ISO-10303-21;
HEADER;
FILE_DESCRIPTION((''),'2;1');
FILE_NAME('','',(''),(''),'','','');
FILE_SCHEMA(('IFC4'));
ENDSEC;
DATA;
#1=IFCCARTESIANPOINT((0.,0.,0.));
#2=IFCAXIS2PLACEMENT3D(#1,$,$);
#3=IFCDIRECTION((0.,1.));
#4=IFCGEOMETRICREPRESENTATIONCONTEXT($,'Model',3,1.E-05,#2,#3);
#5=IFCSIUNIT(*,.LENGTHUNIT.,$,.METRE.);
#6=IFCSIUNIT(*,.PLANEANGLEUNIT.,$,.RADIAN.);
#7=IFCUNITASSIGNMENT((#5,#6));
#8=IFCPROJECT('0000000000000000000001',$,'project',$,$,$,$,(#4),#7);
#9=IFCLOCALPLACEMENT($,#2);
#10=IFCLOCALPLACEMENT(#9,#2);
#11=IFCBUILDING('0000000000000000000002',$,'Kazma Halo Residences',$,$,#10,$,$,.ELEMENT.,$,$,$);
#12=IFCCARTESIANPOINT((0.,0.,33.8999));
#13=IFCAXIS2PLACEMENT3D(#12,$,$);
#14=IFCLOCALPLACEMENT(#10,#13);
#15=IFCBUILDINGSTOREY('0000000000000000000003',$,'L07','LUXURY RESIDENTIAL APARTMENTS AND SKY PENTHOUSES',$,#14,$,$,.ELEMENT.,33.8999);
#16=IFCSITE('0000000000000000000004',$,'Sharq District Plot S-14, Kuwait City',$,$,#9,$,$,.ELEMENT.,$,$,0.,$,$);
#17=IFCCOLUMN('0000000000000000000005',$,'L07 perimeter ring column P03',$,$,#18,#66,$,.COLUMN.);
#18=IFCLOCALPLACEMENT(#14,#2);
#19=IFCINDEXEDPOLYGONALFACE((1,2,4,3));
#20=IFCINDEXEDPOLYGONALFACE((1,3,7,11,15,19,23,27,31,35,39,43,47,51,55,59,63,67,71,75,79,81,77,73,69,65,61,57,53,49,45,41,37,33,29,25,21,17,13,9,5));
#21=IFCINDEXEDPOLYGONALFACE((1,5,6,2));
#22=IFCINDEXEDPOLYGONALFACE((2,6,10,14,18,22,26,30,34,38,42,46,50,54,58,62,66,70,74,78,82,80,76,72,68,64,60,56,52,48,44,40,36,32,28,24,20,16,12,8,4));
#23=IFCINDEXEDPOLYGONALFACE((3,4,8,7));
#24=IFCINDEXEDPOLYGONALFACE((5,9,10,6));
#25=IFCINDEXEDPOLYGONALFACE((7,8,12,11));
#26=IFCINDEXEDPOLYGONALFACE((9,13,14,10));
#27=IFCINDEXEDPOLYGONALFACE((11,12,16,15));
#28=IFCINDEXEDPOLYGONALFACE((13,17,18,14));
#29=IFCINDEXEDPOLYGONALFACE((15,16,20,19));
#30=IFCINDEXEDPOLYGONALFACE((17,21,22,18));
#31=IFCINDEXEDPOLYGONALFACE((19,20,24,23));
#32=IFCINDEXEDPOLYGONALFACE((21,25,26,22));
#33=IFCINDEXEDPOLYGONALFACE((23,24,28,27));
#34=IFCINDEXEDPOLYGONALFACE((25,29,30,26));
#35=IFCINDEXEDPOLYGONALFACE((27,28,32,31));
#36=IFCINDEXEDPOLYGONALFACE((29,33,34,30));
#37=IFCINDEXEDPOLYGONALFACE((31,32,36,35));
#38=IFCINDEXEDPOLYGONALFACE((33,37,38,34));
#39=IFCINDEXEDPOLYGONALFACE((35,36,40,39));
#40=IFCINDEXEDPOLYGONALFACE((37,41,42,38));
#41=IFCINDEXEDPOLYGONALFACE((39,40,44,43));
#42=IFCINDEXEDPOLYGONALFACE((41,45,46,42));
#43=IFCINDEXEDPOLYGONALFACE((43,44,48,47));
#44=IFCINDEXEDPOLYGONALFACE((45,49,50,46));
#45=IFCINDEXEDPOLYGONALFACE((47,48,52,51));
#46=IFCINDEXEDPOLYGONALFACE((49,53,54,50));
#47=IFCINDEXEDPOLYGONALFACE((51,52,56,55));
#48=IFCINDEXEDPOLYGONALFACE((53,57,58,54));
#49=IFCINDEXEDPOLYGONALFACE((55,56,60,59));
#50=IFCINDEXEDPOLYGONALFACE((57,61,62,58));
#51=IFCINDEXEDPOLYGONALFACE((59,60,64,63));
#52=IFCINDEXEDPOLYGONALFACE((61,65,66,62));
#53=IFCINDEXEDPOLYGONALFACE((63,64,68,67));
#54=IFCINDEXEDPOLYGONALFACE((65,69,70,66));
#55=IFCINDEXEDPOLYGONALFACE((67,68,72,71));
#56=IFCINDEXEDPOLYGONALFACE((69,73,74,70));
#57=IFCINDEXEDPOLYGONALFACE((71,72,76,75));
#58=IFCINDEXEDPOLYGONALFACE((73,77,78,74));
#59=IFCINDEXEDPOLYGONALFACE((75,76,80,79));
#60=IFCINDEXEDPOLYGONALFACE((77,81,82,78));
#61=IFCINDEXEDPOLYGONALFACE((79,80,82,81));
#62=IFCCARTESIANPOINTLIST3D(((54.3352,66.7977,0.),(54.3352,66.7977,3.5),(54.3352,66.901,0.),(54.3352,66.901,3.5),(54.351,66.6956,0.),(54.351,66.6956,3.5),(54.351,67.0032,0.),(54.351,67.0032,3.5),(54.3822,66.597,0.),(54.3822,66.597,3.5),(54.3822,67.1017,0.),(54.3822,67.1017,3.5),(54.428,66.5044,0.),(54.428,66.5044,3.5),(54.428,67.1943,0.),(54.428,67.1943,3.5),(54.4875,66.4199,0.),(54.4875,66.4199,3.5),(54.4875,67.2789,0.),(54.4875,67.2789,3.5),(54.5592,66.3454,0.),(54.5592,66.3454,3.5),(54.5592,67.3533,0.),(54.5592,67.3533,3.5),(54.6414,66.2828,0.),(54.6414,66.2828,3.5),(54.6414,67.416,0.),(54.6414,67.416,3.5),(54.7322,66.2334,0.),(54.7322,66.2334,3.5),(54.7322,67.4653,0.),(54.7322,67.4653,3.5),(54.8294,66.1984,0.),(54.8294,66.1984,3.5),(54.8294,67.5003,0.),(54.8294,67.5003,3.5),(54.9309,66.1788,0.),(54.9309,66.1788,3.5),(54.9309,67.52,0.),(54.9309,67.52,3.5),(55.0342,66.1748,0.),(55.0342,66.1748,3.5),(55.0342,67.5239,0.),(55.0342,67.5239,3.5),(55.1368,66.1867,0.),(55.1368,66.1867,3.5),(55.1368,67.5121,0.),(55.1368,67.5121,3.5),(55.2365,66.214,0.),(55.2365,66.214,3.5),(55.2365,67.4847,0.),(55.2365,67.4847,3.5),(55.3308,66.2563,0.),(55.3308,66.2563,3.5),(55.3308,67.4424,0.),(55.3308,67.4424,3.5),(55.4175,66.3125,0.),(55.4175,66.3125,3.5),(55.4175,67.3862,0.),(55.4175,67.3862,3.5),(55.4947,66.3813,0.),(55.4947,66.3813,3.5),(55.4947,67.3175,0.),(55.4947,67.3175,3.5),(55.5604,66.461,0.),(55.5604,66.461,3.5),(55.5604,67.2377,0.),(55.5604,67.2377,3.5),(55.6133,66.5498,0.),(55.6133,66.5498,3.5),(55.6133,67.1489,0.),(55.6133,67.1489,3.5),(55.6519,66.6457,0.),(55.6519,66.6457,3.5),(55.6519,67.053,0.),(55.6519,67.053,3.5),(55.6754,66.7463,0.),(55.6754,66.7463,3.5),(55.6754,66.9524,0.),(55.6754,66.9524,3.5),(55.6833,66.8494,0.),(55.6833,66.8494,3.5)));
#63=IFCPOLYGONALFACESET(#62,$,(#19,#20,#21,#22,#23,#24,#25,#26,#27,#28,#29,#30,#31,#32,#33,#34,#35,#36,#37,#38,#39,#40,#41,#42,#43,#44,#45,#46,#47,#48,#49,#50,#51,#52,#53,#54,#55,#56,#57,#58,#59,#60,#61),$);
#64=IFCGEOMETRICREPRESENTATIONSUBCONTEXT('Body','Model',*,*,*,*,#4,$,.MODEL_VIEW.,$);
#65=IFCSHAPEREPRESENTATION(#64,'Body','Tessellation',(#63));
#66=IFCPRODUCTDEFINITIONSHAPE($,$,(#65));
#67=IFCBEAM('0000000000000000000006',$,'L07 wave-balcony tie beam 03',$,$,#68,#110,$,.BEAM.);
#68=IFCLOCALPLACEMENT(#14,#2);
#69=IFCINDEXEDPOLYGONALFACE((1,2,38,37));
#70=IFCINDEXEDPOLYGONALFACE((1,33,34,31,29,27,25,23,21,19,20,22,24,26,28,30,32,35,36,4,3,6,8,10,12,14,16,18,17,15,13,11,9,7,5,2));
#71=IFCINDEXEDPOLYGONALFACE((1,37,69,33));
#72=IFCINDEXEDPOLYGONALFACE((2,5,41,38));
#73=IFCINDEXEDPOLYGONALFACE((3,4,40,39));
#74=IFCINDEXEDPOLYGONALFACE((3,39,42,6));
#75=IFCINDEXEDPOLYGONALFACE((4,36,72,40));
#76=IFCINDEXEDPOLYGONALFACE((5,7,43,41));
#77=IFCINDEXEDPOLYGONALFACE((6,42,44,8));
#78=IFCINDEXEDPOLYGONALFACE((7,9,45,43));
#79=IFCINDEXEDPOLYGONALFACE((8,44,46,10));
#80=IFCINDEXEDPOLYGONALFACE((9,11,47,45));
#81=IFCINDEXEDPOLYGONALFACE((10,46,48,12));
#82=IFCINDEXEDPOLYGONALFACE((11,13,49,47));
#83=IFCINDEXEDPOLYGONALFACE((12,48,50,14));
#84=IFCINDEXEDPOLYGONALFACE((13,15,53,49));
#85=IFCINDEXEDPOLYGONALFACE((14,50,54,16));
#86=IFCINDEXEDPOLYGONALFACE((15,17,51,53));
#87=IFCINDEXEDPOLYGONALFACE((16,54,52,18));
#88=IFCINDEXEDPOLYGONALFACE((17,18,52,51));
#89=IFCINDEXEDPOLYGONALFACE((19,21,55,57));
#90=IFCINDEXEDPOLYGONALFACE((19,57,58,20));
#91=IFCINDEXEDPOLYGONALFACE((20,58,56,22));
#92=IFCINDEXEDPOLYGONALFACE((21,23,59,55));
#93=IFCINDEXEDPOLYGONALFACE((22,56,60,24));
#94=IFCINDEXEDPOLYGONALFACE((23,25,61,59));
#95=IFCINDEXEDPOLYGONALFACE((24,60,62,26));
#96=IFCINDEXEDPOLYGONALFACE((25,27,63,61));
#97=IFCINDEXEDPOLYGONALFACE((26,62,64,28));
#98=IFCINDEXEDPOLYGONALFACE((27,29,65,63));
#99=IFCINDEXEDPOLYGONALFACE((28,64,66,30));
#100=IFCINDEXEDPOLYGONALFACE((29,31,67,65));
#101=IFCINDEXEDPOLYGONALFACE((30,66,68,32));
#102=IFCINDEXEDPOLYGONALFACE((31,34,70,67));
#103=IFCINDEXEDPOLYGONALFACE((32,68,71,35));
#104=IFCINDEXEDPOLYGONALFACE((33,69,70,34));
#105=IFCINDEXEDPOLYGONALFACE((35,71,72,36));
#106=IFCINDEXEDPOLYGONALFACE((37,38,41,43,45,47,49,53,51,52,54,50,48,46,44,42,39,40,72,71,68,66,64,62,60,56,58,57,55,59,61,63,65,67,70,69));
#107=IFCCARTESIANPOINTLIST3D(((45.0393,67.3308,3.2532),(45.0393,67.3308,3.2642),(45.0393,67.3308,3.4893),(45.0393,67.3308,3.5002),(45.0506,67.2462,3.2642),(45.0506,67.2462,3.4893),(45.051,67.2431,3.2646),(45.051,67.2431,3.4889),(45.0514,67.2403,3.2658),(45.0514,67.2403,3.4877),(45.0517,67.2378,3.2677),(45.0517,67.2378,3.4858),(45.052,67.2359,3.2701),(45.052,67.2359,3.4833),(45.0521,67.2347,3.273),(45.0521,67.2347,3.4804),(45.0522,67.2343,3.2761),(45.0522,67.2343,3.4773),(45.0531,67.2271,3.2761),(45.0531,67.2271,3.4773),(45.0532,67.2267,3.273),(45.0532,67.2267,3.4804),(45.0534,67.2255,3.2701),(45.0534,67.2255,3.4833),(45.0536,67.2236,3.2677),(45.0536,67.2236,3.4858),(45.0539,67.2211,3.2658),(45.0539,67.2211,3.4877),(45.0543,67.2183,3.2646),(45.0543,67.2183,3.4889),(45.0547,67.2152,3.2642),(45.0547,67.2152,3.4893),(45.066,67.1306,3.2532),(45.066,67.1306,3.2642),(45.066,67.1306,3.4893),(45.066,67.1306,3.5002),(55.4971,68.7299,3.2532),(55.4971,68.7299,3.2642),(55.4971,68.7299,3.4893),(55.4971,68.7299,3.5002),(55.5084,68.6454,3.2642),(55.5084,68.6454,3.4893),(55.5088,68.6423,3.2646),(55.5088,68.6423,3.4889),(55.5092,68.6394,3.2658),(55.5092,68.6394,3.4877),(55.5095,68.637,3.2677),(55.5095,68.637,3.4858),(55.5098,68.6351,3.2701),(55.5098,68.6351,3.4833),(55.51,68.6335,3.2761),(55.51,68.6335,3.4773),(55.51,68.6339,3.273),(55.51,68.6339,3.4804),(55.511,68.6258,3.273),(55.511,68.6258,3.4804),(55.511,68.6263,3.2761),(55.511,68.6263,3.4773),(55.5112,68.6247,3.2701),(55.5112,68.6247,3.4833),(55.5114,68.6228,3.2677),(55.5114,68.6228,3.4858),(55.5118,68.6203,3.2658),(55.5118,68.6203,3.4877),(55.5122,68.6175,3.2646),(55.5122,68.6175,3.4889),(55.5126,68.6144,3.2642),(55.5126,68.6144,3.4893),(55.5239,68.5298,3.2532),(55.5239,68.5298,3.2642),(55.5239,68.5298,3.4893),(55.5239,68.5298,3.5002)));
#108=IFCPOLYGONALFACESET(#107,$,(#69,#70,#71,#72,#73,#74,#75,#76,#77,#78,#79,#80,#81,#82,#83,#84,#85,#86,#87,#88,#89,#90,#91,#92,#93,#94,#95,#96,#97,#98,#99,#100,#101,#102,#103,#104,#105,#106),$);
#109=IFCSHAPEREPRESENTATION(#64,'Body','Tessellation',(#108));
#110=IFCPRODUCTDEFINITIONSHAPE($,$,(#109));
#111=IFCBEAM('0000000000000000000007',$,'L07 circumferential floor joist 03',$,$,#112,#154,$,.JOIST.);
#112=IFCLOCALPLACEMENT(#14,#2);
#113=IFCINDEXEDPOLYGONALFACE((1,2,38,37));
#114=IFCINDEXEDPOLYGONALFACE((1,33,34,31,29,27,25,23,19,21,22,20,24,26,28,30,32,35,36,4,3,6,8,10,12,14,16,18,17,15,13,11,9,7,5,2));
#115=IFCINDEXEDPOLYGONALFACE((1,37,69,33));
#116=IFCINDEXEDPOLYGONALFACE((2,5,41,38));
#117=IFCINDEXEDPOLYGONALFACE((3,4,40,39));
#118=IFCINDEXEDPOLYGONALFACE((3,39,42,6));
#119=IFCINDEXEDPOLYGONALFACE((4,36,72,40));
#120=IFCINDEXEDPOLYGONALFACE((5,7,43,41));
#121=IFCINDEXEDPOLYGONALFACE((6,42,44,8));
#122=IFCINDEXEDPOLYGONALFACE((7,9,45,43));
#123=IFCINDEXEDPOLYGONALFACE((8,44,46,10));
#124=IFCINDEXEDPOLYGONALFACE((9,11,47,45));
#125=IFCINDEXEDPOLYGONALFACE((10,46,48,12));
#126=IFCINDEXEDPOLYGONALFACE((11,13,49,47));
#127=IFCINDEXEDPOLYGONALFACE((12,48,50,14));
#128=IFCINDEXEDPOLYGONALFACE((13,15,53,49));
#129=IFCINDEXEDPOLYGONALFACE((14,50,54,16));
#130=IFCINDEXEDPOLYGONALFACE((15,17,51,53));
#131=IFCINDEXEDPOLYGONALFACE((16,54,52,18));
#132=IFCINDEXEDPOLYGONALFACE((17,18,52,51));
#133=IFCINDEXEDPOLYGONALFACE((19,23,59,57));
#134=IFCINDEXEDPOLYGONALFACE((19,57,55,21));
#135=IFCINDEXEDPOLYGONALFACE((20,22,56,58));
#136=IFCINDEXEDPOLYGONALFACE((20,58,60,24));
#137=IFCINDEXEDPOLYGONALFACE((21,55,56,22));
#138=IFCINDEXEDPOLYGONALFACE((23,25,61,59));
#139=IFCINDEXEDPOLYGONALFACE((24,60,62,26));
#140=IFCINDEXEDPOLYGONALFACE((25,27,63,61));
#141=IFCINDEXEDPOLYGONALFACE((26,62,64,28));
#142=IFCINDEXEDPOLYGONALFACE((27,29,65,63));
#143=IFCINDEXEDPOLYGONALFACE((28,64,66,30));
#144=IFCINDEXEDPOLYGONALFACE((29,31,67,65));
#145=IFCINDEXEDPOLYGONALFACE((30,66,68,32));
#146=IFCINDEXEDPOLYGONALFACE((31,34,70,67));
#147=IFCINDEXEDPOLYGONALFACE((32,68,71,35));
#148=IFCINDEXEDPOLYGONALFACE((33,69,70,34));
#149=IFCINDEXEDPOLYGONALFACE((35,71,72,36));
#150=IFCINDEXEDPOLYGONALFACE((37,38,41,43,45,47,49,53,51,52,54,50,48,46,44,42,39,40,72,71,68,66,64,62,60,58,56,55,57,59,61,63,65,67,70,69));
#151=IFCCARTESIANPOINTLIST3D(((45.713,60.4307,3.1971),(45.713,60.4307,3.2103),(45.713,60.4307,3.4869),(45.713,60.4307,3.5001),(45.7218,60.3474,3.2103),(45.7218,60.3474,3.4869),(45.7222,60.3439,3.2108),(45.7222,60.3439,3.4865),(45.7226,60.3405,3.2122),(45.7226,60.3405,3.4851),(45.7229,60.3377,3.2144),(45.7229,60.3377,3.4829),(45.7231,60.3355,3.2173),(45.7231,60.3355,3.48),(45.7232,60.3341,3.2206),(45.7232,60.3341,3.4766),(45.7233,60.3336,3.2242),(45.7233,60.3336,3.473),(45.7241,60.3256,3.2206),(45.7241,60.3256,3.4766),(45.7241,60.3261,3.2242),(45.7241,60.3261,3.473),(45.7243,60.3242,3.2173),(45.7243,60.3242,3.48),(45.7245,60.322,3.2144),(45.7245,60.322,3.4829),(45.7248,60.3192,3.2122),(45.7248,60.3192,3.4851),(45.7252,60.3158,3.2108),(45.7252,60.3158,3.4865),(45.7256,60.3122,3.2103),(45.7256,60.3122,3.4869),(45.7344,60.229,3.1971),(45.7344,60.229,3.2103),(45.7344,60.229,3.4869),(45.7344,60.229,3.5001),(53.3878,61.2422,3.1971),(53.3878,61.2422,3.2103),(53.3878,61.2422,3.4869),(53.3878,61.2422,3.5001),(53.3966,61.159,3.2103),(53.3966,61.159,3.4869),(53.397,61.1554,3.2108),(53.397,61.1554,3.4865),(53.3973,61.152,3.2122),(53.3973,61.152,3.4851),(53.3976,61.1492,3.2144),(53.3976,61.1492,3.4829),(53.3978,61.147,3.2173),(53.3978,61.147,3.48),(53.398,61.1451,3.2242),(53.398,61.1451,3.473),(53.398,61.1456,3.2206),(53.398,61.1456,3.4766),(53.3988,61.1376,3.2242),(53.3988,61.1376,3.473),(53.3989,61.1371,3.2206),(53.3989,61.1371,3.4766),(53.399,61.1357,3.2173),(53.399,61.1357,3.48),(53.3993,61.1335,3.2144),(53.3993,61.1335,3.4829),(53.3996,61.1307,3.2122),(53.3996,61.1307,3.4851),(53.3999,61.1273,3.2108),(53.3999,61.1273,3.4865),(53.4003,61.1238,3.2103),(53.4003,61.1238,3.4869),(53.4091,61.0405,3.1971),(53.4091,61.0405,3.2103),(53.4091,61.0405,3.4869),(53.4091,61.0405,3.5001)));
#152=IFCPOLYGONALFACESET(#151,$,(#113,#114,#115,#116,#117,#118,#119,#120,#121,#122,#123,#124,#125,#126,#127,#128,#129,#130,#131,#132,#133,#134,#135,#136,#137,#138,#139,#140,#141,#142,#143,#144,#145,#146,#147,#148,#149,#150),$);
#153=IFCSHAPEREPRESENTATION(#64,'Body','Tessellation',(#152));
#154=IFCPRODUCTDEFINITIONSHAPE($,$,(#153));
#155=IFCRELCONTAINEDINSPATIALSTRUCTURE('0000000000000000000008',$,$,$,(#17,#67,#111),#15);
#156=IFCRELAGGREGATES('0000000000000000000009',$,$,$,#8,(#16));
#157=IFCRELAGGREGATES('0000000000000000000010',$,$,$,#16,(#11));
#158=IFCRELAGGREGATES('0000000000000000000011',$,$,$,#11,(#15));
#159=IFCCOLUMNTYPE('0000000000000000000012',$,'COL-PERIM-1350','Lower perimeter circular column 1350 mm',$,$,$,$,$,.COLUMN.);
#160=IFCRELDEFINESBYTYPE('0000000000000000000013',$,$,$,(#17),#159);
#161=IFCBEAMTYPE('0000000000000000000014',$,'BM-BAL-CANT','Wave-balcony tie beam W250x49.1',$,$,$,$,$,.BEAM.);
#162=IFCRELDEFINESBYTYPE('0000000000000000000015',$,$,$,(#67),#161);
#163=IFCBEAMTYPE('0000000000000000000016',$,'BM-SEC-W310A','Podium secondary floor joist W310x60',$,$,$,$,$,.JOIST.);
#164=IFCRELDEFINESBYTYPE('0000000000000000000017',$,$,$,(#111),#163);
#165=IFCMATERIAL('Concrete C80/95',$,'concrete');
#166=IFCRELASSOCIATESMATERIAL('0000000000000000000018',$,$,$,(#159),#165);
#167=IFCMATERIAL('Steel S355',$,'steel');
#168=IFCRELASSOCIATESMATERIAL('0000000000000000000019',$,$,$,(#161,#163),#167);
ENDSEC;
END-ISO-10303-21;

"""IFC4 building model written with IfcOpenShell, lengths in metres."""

from ifc_helpers import new_model, si_unit, direction, frame, origin, origin_2d, place, context, subcontext, project, spatial, circle, i_section, extrude, material, material_profile, profile_set, type_object, element, save


model = new_model("IFC4")

# Units and contexts
model_context = context("Model", 3, precision=1e-05, world=origin(), true_north=direction((0.0, 1.0)))
body_context = subcontext(model_context, "Body", "Model", "MODEL_VIEW")
ifc_project = project(units=[si_unit("LENGTHUNIT", "METRE"), si_unit("PLANEANGLEUNIT", "RADIAN")], contexts=[model_context])

# Site, building, storey
site_placement = place(None, origin())
site = spatial("IfcSite", under=ifc_project, at=site_placement, Name="Sharq District Plot S-14, Kuwait City", CompositionType="ELEMENT", RefElevation=0.0)
building_placement = place(site_placement, origin())
building = spatial("IfcBuilding", under=site, at=building_placement, Name="Kazma Halo Residences", CompositionType="ELEMENT")
storey_placement = place(building_placement, frame((0.0, 0.0, 33.8999)))
storey = spatial("IfcBuildingStorey", under=building, at=storey_placement, Name="L07", Description="LUXURY RESIDENTIAL APARTMENTS AND SKY PENTHOUSES", CompositionType="ELEMENT", Elevation=33.8999)

# Column
ifc_material_1 = material(Name="Concrete C80/95", Category="concrete")
ifc_material_profile_1 = material_profile(ifc_material_1, circle(Radius=0.675, at=origin_2d()), Name="CIRC1350")
ifc_profile_set_1 = profile_set([ifc_material_profile_1], Name="Concrete C80/95")
column_type = type_object("IfcColumnType", Name="COL-PERIM-1350", Description="Lower perimeter circular column 1350 mm", PredefinedType="COLUMN", material=ifc_profile_set_1)
column_placement = place(storey_placement, frame((55.0083, 66.8494, 0.0), z_axis=(0.0, 0.0, 1.0), x_axis=(1.0, 0.0, 0.0)))
element("IfcColumn", 1, at=column_placement, inside=storey, type_object=column_type, Name="L07 perimeter ring column P03", PredefinedType="COLUMN", context=body_context, shape_type="SweptSolid", body=[
    extrude(circle(Radius=0.675, at=origin_2d()), origin(), (0.0, 0.0, 1.0), 3.5),
])

# Beams
ifc_material_2 = material(Name="Steel S355", Category="steel")
ifc_material_profile_2 = material_profile(ifc_material_2, i_section(OverallWidth=0.2019, OverallDepth=0.2471, WebThickness=0.0073, FlangeThickness=0.011, FilletRadius=0.012, at=origin_2d()), Name="W250x49.1")
ifc_profile_set_2 = profile_set([ifc_material_profile_2], Name="Steel S355")
beam_type_1 = type_object("IfcBeamType", Name="BM-BAL-CANT", Description="Wave-balcony tie beam W250x49.1", PredefinedType="BEAM", material=ifc_profile_set_2)
beam_1_placement = place(storey_placement, frame((55.5105, 68.6299, 3.3767), z_axis=(-0.991168, -0.132611, 0.0), x_axis=(0.132611, -0.991168, 0.0)))
element("IfcBeam", 2, at=beam_1_placement, inside=storey, type_object=beam_type_1, Name="L07 wave-balcony tie beam 03", PredefinedType="BEAM", context=body_context, shape_type="SweptSolid", body=[
    extrude(i_section(OverallWidth=0.2019, OverallDepth=0.2471, WebThickness=0.0073, FlangeThickness=0.011, FilletRadius=0.012, at=origin_2d()), origin(), (0.0, 0.0, 1.0), 10.551),
])
ifc_material_profile_3 = material_profile(ifc_material_2, i_section(OverallWidth=0.2029, OverallDepth=0.303, WebThickness=0.0076, FlangeThickness=0.0132, FilletRadius=0.0139, at=origin_2d()), Name="W310x60")
ifc_profile_set_3 = profile_set([ifc_material_profile_3], Name="Steel S355")
beam_type_2 = type_object("IfcBeamType", Name="BM-SEC-W310A", Description="Podium secondary floor joist W310x60", PredefinedType="JOIST", material=ifc_profile_set_3)
beam_2_placement = place(storey_placement, frame((53.3984, 61.1414, 3.3486), z_axis=(-0.994456, -0.105152, 0.0), x_axis=(0.105152, -0.994456, 0.0)))
element("IfcBeam", 3, at=beam_2_placement, inside=storey, type_object=beam_type_2, Name="L07 circumferential floor joist 03", PredefinedType="JOIST", context=body_context, shape_type="SweptSolid", body=[
    extrude(i_section(OverallWidth=0.2029, OverallDepth=0.303, WebThickness=0.0076, FlangeThickness=0.0132, FilletRadius=0.0139, at=origin_2d()), origin(), (0.0, 0.0, 1.0), 7.7175),
])

save(model, "model.ifc")
